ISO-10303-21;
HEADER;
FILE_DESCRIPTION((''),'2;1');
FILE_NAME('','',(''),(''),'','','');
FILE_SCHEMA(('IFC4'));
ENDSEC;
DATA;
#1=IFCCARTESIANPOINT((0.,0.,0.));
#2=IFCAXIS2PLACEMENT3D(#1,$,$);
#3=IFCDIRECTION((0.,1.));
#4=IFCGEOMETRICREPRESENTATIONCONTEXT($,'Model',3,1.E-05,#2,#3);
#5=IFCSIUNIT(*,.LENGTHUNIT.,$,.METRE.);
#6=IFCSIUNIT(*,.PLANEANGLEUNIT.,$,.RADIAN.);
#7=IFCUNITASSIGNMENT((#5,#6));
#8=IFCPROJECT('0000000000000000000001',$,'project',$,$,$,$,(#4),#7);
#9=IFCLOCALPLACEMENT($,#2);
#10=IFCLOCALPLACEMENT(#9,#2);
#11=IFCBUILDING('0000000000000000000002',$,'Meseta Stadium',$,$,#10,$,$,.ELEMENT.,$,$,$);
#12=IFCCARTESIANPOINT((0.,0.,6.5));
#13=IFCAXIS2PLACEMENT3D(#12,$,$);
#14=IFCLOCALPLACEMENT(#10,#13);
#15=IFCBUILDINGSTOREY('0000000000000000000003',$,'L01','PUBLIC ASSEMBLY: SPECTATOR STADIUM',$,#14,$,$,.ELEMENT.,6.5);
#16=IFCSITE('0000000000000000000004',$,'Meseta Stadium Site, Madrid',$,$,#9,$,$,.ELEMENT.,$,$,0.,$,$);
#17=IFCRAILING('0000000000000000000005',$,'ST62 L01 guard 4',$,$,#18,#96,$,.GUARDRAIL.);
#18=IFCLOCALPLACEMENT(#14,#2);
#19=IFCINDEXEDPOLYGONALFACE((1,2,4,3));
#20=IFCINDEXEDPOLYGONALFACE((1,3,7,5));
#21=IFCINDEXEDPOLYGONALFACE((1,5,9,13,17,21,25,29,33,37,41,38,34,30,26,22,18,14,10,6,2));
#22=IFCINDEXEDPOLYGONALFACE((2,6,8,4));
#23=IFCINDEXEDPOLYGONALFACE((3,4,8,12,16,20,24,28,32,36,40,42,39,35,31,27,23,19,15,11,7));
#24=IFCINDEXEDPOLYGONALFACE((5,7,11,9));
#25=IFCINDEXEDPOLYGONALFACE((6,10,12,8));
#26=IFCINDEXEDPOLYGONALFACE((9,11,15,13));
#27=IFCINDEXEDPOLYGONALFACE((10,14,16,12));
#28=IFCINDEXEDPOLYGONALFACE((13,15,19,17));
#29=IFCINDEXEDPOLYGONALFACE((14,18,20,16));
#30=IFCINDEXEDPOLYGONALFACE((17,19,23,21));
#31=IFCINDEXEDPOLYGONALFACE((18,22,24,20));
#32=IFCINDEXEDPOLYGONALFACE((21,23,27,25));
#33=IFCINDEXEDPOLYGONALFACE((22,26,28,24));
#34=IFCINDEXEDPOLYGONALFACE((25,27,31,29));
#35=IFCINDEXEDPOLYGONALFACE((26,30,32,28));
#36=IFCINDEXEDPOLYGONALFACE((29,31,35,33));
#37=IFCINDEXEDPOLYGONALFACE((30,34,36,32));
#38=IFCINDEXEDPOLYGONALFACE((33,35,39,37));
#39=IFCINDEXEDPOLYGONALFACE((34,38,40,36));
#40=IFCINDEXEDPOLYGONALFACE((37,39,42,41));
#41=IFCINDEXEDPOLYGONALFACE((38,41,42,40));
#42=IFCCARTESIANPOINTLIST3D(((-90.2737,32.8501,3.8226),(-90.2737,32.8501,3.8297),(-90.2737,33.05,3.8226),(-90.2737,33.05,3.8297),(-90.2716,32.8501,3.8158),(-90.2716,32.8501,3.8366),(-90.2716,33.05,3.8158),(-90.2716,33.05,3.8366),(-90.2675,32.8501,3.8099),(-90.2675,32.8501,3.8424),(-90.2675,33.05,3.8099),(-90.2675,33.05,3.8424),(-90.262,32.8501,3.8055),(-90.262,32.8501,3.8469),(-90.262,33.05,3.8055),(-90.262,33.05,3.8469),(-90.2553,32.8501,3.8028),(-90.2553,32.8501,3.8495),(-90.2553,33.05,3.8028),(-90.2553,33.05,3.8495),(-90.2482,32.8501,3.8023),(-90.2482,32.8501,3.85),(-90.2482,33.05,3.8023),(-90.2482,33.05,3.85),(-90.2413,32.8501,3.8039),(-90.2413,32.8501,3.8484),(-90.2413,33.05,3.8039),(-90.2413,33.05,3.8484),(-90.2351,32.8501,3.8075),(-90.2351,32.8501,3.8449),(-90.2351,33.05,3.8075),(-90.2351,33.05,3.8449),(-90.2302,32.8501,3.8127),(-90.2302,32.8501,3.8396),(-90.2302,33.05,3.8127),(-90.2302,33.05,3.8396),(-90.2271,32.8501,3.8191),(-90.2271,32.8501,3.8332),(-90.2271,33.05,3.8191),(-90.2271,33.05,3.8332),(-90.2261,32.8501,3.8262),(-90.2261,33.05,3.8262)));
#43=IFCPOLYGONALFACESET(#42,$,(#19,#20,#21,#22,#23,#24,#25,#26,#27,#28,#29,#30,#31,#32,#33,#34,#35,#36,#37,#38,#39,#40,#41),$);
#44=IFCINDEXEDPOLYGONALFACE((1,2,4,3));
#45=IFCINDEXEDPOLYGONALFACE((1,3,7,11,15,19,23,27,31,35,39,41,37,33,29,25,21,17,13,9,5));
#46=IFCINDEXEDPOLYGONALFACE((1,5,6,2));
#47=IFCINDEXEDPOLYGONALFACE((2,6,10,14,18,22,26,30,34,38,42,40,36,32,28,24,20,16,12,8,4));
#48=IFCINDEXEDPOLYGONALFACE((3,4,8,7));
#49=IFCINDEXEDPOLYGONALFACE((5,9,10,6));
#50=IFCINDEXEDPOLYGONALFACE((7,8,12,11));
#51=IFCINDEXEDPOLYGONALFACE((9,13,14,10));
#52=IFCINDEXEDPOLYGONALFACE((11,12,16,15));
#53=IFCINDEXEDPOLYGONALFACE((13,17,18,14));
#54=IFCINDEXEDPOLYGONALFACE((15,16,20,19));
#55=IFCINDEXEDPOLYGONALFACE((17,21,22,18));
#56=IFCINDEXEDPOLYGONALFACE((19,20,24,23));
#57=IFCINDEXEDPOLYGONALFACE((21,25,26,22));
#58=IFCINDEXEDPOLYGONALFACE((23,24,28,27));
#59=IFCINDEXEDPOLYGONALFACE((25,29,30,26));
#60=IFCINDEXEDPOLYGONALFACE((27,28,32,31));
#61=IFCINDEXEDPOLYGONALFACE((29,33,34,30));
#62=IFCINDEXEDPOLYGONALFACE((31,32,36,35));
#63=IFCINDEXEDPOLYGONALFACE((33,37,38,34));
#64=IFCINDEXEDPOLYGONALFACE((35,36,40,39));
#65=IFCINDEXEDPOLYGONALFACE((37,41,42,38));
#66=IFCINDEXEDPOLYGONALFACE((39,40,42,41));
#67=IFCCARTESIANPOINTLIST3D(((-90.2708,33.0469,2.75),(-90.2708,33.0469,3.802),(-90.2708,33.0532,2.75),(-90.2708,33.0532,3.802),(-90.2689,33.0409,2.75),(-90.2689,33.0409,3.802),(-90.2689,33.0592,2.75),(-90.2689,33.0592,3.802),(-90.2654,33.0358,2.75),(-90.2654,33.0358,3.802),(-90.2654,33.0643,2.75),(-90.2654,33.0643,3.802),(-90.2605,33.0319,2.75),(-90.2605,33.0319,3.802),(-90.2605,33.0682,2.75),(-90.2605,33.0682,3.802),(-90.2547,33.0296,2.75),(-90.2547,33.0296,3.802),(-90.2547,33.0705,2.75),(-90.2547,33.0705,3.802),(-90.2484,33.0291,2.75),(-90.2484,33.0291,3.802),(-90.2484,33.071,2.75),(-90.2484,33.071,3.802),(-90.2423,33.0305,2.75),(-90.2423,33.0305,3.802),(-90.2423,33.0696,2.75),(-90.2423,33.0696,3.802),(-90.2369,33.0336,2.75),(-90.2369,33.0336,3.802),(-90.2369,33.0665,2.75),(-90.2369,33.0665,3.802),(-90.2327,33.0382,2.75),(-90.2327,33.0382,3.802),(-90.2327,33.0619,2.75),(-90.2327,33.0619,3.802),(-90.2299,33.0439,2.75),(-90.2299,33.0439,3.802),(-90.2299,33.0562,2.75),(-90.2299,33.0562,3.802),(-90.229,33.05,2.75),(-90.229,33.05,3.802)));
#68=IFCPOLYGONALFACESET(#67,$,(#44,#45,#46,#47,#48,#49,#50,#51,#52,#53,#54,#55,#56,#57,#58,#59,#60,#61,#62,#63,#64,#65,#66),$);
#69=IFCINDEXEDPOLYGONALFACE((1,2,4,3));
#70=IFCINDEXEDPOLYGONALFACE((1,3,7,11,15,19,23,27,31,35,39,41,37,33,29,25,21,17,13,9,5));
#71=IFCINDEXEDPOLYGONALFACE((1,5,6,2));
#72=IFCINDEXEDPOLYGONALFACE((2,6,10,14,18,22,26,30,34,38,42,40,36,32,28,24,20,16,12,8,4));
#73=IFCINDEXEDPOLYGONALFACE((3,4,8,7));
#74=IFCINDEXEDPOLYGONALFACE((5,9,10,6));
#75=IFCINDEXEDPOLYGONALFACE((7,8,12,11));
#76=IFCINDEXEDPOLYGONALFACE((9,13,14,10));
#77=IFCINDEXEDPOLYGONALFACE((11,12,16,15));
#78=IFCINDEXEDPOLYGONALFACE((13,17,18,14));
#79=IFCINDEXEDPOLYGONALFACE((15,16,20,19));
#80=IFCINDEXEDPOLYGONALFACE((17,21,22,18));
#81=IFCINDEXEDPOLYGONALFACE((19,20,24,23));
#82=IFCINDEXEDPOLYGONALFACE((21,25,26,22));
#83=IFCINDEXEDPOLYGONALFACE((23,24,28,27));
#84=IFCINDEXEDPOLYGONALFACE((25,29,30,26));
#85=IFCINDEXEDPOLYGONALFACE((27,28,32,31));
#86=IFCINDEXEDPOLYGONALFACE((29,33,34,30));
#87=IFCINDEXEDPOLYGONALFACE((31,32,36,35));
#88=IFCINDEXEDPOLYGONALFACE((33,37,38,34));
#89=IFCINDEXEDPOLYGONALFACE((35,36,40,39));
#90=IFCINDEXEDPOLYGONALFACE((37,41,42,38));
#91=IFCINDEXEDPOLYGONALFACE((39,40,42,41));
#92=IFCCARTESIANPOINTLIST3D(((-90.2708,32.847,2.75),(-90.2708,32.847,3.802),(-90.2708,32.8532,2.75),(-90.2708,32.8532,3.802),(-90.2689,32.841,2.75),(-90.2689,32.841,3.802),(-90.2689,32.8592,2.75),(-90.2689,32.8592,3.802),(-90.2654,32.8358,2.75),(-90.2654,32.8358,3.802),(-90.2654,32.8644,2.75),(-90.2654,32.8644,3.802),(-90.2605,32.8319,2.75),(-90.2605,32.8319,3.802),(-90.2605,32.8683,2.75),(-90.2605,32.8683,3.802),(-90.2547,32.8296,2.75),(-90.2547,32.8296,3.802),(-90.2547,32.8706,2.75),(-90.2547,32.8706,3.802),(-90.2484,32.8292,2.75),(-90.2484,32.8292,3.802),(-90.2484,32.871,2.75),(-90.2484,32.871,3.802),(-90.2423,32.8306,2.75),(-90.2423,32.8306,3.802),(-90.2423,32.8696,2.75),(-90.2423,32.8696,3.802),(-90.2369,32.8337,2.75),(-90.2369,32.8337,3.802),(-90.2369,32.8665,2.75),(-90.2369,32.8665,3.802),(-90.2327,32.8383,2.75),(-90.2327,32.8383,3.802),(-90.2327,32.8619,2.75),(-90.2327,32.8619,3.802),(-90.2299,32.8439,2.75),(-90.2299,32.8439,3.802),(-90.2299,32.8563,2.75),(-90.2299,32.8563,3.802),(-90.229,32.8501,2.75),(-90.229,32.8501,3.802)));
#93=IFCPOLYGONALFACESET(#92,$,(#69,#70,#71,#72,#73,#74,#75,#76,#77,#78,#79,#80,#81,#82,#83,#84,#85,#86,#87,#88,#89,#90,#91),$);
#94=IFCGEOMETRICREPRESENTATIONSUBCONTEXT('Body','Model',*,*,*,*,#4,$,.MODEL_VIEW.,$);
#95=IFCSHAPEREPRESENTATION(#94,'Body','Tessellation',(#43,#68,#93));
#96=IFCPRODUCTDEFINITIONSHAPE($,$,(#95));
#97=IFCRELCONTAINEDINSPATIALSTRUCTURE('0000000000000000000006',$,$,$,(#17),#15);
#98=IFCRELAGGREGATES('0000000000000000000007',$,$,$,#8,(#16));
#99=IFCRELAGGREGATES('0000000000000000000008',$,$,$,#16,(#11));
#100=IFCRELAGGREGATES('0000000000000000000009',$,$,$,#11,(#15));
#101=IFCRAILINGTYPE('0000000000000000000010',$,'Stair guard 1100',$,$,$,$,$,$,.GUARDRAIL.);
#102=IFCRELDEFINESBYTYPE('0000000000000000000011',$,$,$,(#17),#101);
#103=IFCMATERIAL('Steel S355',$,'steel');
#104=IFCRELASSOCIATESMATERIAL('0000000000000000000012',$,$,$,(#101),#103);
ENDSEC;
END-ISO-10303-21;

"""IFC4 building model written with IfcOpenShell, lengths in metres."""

from ifc_helpers import new_model, si_unit, direction, frame, origin, origin_2d, place, context, subcontext, project, spatial, circle, extrude, material, type_object, element, save


model = new_model("IFC4")

# Units and contexts
model_context = context("Model", 3, precision=1e-05, world=origin(), true_north=direction((0.0, 1.0)))
body_context = subcontext(model_context, "Body", "Model", "MODEL_VIEW")
ifc_project = project(units=[si_unit("LENGTHUNIT", "METRE"), si_unit("PLANEANGLEUNIT", "RADIAN")], contexts=[model_context])

# Site, building, storey
site_placement = place(None, origin())
site = spatial("IfcSite", under=ifc_project, at=site_placement, Name="Meseta Stadium Site, Madrid", CompositionType="ELEMENT", RefElevation=0.0)
building_placement = place(site_placement, origin())
building = spatial("IfcBuilding", under=site, at=building_placement, Name="Meseta Stadium", CompositionType="ELEMENT")
storey_placement = place(building_placement, frame((0.0, 0.0, 6.5)))
storey = spatial("IfcBuildingStorey", under=building, at=storey_placement, Name="L01", Description="PUBLIC ASSEMBLY: SPECTATOR STADIUM", CompositionType="ELEMENT", Elevation=6.5)

# Railing
ifc_material_1 = material(Name="Steel S355", Category="steel")
railing_type_1 = type_object("IfcRailingType", Name="Stair guard 1100", PredefinedType="GUARDRAIL", material=ifc_material_1)
railing_1_placement = place(storey_placement, frame((-90.25, 33.05, 2.75)))
element("IfcRailing", 1, at=railing_1_placement, inside=storey, type_object=railing_type_1, Name="ST62 L01 guard 4", PredefinedType="GUARDRAIL", context=body_context, shape_type="SweptSolid", body=[
    extrude(circle(Radius=0.0239, at=origin_2d()), frame((0.0, 0.0, 1.0762), z_axis=(0.0, -1.0, 0.0), x_axis=(1.0, 0.0, 0.0)), (0.0, 0.0, 1.0), 0.2),
    extrude(circle(Radius=0.021, at=origin_2d()), origin(), (0.0, 0.0, 1.0), 1.052),
    extrude(circle(Radius=0.021, at=origin_2d()), frame((0.0, -0.2, 0.0)), (0.0, 0.0, 1.0), 1.052),
])

save(model, "model.ifc")
